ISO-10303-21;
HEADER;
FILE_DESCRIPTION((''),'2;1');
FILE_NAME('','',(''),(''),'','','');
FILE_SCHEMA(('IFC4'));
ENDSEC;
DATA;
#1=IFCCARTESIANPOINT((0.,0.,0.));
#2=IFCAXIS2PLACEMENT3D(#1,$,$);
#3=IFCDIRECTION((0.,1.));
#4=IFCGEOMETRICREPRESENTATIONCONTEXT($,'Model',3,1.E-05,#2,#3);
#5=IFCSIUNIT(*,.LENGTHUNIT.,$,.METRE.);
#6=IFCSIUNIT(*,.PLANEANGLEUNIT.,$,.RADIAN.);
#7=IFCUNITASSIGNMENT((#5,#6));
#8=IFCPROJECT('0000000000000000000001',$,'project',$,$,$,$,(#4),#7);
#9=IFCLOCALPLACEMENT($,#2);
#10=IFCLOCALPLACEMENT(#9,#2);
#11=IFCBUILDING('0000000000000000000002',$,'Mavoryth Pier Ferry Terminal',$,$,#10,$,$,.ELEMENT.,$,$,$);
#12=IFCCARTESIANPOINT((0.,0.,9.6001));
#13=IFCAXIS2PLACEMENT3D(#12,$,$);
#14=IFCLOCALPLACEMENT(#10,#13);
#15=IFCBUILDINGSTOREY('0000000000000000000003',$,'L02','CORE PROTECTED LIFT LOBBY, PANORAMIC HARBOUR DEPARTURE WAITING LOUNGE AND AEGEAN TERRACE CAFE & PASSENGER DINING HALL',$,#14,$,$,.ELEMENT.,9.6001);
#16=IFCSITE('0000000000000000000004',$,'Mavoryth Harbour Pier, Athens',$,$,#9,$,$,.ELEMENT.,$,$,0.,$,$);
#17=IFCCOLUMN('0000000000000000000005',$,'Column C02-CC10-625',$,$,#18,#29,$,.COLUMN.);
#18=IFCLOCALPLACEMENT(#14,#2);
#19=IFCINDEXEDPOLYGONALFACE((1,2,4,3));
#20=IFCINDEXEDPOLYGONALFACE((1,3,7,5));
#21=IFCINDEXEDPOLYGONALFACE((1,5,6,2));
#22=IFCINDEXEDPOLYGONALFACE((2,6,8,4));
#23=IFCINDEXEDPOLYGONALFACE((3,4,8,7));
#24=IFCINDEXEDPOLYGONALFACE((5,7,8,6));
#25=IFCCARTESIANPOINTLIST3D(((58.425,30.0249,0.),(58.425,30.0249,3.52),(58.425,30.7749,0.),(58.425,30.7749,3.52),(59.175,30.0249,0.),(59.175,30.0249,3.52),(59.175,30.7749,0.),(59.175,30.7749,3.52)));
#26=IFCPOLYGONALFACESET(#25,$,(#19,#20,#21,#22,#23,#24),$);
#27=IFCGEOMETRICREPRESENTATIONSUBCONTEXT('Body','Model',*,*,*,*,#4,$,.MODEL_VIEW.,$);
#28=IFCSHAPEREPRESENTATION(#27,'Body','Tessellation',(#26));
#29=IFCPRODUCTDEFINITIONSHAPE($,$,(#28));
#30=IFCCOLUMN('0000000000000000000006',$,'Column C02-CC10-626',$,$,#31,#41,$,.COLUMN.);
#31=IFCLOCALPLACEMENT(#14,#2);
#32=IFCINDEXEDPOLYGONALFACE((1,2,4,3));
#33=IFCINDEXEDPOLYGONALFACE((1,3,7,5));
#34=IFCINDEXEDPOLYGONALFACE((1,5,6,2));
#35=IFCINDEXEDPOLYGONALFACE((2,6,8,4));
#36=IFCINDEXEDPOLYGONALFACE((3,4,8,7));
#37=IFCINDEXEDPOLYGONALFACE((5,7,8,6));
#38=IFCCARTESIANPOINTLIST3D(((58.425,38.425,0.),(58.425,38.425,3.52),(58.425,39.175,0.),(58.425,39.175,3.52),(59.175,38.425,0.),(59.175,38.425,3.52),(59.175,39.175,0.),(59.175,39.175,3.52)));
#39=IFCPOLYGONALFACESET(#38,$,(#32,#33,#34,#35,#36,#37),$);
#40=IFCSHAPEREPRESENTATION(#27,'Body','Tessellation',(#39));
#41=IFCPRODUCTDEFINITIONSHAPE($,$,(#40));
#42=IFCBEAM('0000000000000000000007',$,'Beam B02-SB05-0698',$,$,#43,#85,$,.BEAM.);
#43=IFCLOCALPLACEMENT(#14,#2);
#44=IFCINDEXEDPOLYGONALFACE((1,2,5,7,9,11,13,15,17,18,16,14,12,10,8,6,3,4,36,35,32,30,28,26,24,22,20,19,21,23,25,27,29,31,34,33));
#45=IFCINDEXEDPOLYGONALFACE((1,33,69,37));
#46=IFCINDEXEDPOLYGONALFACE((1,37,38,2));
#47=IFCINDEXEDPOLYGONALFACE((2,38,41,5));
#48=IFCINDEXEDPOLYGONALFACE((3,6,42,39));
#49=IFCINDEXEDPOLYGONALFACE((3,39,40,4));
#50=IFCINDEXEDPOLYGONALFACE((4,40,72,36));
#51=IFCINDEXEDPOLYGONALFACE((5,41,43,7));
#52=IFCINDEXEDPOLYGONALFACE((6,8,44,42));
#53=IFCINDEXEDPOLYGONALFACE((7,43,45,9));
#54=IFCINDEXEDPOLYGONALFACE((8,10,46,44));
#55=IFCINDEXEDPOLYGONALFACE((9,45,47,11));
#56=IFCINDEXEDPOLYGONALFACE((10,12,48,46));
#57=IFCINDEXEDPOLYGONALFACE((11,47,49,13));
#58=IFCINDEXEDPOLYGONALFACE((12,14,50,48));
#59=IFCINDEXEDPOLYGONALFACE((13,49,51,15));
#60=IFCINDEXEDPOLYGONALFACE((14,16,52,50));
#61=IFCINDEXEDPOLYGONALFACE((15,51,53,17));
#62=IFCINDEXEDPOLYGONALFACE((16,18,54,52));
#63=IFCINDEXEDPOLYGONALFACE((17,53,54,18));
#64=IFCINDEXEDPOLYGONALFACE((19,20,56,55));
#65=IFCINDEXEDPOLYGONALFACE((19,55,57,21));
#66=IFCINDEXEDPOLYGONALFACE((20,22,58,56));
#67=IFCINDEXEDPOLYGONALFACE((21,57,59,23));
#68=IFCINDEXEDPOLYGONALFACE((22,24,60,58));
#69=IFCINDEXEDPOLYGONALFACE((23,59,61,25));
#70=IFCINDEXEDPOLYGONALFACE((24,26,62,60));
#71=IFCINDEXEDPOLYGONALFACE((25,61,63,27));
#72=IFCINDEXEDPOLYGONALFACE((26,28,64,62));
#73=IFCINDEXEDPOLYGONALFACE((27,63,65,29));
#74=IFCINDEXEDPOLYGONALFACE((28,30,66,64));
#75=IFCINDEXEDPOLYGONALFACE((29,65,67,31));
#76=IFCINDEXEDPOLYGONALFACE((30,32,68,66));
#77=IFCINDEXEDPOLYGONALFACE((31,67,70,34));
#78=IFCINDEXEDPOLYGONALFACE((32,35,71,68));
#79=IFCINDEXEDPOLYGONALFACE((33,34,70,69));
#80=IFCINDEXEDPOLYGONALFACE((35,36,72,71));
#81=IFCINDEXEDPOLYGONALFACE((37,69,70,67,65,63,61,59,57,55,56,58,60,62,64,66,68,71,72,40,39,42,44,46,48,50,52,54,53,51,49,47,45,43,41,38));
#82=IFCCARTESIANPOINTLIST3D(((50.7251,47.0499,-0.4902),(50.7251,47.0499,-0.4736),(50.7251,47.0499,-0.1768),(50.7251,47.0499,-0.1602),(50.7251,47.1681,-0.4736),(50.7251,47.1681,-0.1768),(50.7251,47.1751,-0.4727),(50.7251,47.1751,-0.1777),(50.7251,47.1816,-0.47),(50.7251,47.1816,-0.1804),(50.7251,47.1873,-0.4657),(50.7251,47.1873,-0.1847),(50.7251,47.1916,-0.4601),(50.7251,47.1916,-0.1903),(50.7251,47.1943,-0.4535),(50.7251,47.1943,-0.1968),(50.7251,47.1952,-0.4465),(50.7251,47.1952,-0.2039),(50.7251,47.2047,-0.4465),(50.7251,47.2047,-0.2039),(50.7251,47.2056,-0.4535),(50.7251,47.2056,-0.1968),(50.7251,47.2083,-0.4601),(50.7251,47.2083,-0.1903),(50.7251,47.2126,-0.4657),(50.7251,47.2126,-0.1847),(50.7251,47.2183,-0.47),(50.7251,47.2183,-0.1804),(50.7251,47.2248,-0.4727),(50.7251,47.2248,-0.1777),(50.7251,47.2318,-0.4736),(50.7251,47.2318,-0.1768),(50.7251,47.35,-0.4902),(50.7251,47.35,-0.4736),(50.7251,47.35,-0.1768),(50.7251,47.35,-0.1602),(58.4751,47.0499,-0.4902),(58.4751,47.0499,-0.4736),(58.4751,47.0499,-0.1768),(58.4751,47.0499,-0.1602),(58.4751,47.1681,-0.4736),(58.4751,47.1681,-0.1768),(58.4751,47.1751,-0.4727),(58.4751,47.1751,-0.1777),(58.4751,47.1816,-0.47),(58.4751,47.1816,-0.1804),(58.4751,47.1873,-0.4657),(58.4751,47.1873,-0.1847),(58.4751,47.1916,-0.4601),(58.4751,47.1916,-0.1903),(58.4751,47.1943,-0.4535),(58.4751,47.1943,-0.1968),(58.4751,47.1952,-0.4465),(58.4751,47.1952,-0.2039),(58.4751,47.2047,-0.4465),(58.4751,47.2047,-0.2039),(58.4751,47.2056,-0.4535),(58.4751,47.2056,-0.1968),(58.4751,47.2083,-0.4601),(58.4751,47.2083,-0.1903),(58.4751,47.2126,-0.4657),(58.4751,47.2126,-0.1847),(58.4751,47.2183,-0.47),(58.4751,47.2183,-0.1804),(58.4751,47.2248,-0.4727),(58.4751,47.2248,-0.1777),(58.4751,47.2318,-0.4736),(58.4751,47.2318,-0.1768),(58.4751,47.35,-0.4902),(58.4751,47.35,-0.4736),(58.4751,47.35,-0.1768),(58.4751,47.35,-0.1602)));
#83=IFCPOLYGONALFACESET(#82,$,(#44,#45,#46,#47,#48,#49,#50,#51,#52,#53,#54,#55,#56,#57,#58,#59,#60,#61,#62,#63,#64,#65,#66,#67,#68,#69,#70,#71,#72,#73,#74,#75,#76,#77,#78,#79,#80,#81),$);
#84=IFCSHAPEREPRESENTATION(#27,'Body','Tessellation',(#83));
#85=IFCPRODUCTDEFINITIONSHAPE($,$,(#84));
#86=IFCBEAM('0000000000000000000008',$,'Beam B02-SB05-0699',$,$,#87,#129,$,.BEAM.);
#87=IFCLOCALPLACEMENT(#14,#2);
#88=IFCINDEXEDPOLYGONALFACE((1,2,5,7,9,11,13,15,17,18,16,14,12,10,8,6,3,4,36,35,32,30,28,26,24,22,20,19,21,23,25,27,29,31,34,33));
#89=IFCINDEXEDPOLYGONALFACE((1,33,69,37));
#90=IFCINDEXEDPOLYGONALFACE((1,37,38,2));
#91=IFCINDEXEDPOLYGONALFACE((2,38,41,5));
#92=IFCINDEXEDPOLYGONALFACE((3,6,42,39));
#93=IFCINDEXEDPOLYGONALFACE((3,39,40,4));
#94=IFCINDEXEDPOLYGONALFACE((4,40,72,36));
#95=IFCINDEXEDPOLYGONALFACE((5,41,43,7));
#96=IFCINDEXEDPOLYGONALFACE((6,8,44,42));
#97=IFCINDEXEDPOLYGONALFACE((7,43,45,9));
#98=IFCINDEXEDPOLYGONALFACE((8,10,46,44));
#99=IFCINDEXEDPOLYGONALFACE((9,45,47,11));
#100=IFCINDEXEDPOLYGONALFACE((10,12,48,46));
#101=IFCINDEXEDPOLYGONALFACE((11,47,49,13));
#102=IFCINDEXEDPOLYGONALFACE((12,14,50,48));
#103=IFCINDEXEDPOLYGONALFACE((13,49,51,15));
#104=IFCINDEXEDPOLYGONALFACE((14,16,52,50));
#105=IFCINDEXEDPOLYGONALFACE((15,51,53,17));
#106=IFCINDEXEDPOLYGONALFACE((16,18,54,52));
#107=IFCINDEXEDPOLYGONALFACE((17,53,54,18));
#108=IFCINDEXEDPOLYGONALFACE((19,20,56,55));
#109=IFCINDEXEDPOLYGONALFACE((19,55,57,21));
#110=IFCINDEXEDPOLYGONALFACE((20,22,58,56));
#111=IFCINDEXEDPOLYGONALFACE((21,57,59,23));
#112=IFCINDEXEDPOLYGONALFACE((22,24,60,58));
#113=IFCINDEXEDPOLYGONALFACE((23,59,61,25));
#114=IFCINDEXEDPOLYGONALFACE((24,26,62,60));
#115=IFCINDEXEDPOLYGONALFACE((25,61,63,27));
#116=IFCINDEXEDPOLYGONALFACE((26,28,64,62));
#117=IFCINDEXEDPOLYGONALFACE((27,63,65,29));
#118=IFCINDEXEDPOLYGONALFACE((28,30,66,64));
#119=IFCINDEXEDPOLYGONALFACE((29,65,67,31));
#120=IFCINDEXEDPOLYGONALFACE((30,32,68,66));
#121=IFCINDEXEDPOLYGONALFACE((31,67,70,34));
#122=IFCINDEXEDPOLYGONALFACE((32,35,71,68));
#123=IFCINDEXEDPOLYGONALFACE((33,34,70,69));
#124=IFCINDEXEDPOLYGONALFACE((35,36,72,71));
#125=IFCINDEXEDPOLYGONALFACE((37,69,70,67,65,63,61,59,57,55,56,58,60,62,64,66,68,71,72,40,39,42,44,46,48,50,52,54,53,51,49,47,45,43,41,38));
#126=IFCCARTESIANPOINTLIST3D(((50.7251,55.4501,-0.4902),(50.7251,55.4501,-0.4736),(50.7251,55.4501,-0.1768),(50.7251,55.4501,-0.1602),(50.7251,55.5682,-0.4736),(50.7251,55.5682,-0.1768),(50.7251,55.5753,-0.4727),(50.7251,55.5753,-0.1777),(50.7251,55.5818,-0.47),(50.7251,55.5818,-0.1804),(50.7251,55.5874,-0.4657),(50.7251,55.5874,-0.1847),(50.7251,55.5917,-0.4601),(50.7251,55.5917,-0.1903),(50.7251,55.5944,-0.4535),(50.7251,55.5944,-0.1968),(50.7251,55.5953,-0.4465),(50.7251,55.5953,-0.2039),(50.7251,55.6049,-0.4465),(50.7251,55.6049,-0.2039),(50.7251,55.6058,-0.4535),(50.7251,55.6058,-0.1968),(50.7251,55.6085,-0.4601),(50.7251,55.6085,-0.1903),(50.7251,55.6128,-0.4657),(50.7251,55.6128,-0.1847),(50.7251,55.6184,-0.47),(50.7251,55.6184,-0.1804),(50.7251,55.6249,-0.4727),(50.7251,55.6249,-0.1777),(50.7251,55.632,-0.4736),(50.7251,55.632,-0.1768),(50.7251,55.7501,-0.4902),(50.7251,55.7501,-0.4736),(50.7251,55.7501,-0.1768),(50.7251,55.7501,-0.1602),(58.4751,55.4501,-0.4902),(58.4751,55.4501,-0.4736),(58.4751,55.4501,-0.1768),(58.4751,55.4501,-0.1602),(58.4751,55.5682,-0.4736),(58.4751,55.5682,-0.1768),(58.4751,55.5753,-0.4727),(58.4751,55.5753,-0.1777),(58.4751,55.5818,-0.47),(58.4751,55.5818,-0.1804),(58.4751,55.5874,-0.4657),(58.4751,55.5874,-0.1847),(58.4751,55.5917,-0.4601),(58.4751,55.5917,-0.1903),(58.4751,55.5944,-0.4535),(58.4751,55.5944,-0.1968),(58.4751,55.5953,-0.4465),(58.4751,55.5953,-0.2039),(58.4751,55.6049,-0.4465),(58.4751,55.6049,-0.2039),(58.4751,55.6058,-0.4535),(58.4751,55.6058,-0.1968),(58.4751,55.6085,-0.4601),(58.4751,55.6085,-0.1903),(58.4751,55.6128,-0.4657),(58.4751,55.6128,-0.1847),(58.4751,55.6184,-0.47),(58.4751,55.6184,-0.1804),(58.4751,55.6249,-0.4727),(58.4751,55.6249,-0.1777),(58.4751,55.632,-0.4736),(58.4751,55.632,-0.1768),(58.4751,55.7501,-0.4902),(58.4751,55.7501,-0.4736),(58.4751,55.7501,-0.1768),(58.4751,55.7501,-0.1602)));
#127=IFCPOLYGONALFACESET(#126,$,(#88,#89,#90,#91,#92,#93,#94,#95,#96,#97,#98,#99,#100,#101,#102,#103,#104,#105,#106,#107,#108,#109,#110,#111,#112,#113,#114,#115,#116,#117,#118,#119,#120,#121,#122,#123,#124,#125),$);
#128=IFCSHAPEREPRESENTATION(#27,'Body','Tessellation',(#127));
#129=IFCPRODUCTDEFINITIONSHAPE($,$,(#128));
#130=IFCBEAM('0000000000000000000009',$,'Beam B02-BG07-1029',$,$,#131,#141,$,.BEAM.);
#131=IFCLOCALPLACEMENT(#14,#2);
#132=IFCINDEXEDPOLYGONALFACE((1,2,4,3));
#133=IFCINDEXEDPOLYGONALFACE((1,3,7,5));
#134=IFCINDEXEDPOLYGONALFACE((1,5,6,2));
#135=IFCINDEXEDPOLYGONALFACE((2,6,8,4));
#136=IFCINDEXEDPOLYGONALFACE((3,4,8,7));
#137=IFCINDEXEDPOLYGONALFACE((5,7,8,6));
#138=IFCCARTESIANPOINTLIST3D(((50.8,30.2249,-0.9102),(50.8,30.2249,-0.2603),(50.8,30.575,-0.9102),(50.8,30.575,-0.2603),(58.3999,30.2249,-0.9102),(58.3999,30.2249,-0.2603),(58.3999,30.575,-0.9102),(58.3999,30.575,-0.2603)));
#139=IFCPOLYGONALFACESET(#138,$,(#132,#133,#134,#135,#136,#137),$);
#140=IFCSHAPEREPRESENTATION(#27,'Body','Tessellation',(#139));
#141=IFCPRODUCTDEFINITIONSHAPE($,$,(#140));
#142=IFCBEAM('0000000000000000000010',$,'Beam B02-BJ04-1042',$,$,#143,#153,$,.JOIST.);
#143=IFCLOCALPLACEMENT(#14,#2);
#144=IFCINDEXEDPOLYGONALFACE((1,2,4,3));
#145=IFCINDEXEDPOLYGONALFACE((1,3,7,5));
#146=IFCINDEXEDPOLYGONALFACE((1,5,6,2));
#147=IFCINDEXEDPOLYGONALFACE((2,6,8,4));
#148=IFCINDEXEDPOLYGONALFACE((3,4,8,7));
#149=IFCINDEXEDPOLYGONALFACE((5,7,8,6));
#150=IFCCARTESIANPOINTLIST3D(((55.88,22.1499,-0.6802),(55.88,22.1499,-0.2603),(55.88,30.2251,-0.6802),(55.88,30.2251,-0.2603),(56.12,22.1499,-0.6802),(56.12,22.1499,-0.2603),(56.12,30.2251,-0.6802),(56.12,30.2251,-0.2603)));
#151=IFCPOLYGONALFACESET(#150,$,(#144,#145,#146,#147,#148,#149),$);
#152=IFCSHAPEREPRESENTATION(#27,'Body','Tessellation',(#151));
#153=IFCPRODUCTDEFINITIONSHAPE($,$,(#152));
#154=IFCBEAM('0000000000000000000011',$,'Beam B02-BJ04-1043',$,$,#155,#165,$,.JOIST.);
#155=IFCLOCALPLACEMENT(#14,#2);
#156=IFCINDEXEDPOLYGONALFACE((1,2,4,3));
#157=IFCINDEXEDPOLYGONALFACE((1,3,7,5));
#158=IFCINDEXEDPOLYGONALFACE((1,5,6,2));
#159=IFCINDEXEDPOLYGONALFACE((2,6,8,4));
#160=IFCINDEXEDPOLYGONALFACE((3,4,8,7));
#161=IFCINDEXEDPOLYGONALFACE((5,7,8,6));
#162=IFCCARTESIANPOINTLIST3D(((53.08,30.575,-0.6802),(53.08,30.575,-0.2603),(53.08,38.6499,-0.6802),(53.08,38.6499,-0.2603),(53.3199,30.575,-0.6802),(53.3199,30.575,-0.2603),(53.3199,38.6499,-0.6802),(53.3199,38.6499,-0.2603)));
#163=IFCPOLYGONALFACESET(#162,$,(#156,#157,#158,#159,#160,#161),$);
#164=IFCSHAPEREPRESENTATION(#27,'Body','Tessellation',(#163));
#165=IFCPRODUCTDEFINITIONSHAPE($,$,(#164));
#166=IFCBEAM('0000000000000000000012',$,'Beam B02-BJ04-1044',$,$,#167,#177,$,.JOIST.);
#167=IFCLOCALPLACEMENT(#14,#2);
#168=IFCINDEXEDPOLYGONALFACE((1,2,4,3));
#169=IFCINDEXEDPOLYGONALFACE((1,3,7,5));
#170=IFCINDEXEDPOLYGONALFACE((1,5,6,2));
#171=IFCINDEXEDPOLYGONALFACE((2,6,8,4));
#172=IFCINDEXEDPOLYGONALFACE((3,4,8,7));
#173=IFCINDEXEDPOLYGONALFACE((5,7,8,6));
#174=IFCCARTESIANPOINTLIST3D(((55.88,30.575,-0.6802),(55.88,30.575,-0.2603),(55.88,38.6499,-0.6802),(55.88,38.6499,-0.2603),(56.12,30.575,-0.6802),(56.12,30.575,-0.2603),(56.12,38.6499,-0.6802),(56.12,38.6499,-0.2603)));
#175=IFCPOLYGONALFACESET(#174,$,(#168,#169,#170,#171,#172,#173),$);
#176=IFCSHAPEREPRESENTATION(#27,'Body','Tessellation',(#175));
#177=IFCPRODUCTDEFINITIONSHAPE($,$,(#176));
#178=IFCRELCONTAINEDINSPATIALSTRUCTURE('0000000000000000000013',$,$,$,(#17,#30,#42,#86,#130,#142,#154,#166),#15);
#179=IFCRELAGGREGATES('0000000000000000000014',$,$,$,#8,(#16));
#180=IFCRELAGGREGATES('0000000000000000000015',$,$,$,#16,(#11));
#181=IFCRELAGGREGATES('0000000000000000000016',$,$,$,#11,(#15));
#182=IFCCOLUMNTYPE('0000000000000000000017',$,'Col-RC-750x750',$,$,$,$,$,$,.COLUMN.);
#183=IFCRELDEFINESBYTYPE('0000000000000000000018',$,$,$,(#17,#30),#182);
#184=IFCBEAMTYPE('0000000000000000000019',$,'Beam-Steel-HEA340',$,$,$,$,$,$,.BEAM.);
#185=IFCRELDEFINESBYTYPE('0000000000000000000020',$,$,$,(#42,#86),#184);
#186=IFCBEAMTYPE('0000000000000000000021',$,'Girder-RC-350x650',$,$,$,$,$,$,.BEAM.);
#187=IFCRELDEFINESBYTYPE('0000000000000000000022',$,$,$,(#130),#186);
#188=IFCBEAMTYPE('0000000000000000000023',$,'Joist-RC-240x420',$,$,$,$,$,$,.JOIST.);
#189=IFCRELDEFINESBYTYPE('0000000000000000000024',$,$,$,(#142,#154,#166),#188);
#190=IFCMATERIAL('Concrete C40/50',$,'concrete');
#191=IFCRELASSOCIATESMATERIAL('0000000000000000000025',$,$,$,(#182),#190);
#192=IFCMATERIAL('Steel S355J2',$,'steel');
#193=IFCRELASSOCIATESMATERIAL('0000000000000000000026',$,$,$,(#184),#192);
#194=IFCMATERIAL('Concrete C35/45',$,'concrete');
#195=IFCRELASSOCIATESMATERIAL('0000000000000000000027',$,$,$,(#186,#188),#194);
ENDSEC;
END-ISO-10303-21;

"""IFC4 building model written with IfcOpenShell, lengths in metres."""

from ifc_helpers import new_model, si_unit, direction, frame, origin, origin_2d, place, context, subcontext, project, spatial, rectangle, i_section, extrude, material, material_profile, profile_set, type_object, element, save


model = new_model("IFC4")

# Units and contexts
model_context = context("Model", 3, precision=1e-05, world=origin(), true_north=direction((0.0, 1.0)))
body_context = subcontext(model_context, "Body", "Model", "MODEL_VIEW")
ifc_project = project(units=[si_unit("LENGTHUNIT", "METRE"), si_unit("PLANEANGLEUNIT", "RADIAN")], contexts=[model_context])

# Site, building, storey
site_placement = place(None, origin())
site = spatial("IfcSite", under=ifc_project, at=site_placement, Name="Mavoryth Harbour Pier, Athens", CompositionType="ELEMENT", RefElevation=0.0)
building_placement = place(site_placement, origin())
building = spatial("IfcBuilding", under=site, at=building_placement, Name="Mavoryth Pier Ferry Terminal", CompositionType="ELEMENT")
storey_placement = place(building_placement, frame((0.0, 0.0, 9.6001)))
storey = spatial("IfcBuildingStorey", under=building, at=storey_placement, Name="L02", Description="CORE PROTECTED LIFT LOBBY, PANORAMIC HARBOUR DEPARTURE WAITING LOUNGE AND AEGEAN TERRACE CAFE & PASSENGER DINING HALL", CompositionType="ELEMENT", Elevation=9.6001)

# Columns
ifc_material_1 = material(Name="Concrete C40/50", Category="concrete")
ifc_material_profile_1 = material_profile(ifc_material_1, rectangle(XDim=0.75, YDim=0.75, at=origin_2d()), Name="RC 750x750", Category="concrete")
ifc_profile_set_1 = profile_set([ifc_material_profile_1], Name="Concrete C40/50 - RC 750x750")
column_type = type_object("IfcColumnType", Name="Col-RC-750x750", PredefinedType="COLUMN", material=ifc_profile_set_1)
for number, where, z_axis, x_axis, name in (
    (1, (58.8, 30.3999, 0.0), (0.0, 0.0, 1.0), (1.0, 0.0, 0.0), "Column C02-CC10-625"),
    (2, (58.8, 38.8, 0.0), (0.0, 0.0, 1.0), (1.0, 0.0, 0.0), "Column C02-CC10-626"),
):
    element("IfcColumn", number, at=place(storey_placement, frame(where, z_axis=z_axis, x_axis=x_axis)), inside=storey, type_object=column_type, Name=name, PredefinedType="COLUMN", context=body_context, shape_type="SweptSolid", body=[
        extrude(rectangle(XDim=0.75, YDim=0.75, at=origin_2d()), origin(), (0.0, 0.0, 1.0), 3.52),
    ])

# Beams
ifc_material_2 = material(Name="Steel S355J2", Category="steel")
ifc_material_profile_2 = material_profile(ifc_material_2, i_section(OverallWidth=0.3, OverallDepth=0.3301, WebThickness=0.0095, FlangeThickness=0.0166, FilletRadius=0.0271, at=origin_2d()), Name="HEA 340", Category="steel")
ifc_profile_set_2 = profile_set([ifc_material_profile_2], Name="Steel S355J2 - HEA 340")
beam_type_1 = type_object("IfcBeamType", Name="Beam-Steel-HEA340", PredefinedType="BEAM", material=ifc_profile_set_2)
for number, where, z_axis, x_axis, name in (
    (3, (50.7251, 47.2, -0.3252), (1.0, 0.0, 0.0), (0.0, 1.0, 0.0), "Beam B02-SB05-0698"),
    (4, (50.7251, 55.6001, -0.3252), (1.0, 0.0, 0.0), (0.0, 1.0, 0.0), "Beam B02-SB05-0699"),
):
    element("IfcBeam", number, at=place(storey_placement, frame(where, z_axis=z_axis, x_axis=x_axis)), inside=storey, type_object=beam_type_1, Name=name, PredefinedType="BEAM", context=body_context, shape_type="SweptSolid", body=[
        extrude(i_section(OverallWidth=0.3, OverallDepth=0.3301, WebThickness=0.0095, FlangeThickness=0.0166, FilletRadius=0.0271, at=origin_2d()), origin(), (0.0, 0.0, 1.0), 7.75),
    ])
ifc_material_3 = material(Name="Concrete C35/45", Category="concrete")
ifc_material_profile_3 = material_profile(ifc_material_3, rectangle(XDim=0.3501, YDim=0.6499, at=origin_2d()), Name="RC 350x650", Category="concrete")
ifc_profile_set_3 = profile_set([ifc_material_profile_3], Name="Concrete C35/45 - RC 350x650")
beam_type_2 = type_object("IfcBeamType", Name="Girder-RC-350x650", PredefinedType="BEAM", material=ifc_profile_set_3)
beam_1_placement = place(storey_placement, frame((50.8, 30.3999, -0.5852), z_axis=(1.0, 0.0, 0.0), x_axis=(0.0, 1.0, 0.0)))
element("IfcBeam", 5, at=beam_1_placement, inside=storey, type_object=beam_type_2, Name="Beam B02-BG07-1029", PredefinedType="BEAM", context=body_context, shape_type="SweptSolid", body=[
    extrude(rectangle(XDim=0.3501, YDim=0.6499, at=origin_2d()), origin(), (0.0, 0.0, 1.0), 7.5999),
])
ifc_material_profile_4 = material_profile(ifc_material_3, rectangle(XDim=0.24, YDim=0.4199, at=origin_2d()), Name="RC 240x420", Category="concrete")
ifc_profile_set_4 = profile_set([ifc_material_profile_4], Name="Concrete C35/45 - RC 240x420")
beam_type_3 = type_object("IfcBeamType", Name="Joist-RC-240x420", PredefinedType="JOIST", material=ifc_profile_set_4)
beam_2_placement = place(storey_placement, frame((56.0, 22.1499, -0.4702), z_axis=(0.0, 1.0, 0.0), x_axis=(-1.0, 0.0, 0.0)))
element("IfcBeam", 6, at=beam_2_placement, inside=storey, type_object=beam_type_3, Name="Beam B02-BJ04-1042", PredefinedType="JOIST", context=body_context, shape_type="SweptSolid", body=[
    extrude(rectangle(XDim=0.24, YDim=0.4199, at=origin_2d()), origin(), (0.0, 0.0, 1.0), 8.0752),
])
for number, where, z_axis, x_axis, name in (
    (7, (53.2, 30.575, -0.4702), (0.0, 1.0, 0.0), (-1.0, 0.0, 0.0), "Beam B02-BJ04-1043"),
    (8, (56.0, 30.575, -0.4702), (0.0, 1.0, 0.0), (-1.0, 0.0, 0.0), "Beam B02-BJ04-1044"),
):
    element("IfcBeam", number, at=place(storey_placement, frame(where, z_axis=z_axis, x_axis=x_axis)), inside=storey, type_object=beam_type_3, Name=name, PredefinedType="JOIST", context=body_context, shape_type="SweptSolid", body=[
        extrude(rectangle(XDim=0.24, YDim=0.4199, at=origin_2d()), origin(), (0.0, 0.0, 1.0), 8.075),
    ])

save(model, "model.ifc")
